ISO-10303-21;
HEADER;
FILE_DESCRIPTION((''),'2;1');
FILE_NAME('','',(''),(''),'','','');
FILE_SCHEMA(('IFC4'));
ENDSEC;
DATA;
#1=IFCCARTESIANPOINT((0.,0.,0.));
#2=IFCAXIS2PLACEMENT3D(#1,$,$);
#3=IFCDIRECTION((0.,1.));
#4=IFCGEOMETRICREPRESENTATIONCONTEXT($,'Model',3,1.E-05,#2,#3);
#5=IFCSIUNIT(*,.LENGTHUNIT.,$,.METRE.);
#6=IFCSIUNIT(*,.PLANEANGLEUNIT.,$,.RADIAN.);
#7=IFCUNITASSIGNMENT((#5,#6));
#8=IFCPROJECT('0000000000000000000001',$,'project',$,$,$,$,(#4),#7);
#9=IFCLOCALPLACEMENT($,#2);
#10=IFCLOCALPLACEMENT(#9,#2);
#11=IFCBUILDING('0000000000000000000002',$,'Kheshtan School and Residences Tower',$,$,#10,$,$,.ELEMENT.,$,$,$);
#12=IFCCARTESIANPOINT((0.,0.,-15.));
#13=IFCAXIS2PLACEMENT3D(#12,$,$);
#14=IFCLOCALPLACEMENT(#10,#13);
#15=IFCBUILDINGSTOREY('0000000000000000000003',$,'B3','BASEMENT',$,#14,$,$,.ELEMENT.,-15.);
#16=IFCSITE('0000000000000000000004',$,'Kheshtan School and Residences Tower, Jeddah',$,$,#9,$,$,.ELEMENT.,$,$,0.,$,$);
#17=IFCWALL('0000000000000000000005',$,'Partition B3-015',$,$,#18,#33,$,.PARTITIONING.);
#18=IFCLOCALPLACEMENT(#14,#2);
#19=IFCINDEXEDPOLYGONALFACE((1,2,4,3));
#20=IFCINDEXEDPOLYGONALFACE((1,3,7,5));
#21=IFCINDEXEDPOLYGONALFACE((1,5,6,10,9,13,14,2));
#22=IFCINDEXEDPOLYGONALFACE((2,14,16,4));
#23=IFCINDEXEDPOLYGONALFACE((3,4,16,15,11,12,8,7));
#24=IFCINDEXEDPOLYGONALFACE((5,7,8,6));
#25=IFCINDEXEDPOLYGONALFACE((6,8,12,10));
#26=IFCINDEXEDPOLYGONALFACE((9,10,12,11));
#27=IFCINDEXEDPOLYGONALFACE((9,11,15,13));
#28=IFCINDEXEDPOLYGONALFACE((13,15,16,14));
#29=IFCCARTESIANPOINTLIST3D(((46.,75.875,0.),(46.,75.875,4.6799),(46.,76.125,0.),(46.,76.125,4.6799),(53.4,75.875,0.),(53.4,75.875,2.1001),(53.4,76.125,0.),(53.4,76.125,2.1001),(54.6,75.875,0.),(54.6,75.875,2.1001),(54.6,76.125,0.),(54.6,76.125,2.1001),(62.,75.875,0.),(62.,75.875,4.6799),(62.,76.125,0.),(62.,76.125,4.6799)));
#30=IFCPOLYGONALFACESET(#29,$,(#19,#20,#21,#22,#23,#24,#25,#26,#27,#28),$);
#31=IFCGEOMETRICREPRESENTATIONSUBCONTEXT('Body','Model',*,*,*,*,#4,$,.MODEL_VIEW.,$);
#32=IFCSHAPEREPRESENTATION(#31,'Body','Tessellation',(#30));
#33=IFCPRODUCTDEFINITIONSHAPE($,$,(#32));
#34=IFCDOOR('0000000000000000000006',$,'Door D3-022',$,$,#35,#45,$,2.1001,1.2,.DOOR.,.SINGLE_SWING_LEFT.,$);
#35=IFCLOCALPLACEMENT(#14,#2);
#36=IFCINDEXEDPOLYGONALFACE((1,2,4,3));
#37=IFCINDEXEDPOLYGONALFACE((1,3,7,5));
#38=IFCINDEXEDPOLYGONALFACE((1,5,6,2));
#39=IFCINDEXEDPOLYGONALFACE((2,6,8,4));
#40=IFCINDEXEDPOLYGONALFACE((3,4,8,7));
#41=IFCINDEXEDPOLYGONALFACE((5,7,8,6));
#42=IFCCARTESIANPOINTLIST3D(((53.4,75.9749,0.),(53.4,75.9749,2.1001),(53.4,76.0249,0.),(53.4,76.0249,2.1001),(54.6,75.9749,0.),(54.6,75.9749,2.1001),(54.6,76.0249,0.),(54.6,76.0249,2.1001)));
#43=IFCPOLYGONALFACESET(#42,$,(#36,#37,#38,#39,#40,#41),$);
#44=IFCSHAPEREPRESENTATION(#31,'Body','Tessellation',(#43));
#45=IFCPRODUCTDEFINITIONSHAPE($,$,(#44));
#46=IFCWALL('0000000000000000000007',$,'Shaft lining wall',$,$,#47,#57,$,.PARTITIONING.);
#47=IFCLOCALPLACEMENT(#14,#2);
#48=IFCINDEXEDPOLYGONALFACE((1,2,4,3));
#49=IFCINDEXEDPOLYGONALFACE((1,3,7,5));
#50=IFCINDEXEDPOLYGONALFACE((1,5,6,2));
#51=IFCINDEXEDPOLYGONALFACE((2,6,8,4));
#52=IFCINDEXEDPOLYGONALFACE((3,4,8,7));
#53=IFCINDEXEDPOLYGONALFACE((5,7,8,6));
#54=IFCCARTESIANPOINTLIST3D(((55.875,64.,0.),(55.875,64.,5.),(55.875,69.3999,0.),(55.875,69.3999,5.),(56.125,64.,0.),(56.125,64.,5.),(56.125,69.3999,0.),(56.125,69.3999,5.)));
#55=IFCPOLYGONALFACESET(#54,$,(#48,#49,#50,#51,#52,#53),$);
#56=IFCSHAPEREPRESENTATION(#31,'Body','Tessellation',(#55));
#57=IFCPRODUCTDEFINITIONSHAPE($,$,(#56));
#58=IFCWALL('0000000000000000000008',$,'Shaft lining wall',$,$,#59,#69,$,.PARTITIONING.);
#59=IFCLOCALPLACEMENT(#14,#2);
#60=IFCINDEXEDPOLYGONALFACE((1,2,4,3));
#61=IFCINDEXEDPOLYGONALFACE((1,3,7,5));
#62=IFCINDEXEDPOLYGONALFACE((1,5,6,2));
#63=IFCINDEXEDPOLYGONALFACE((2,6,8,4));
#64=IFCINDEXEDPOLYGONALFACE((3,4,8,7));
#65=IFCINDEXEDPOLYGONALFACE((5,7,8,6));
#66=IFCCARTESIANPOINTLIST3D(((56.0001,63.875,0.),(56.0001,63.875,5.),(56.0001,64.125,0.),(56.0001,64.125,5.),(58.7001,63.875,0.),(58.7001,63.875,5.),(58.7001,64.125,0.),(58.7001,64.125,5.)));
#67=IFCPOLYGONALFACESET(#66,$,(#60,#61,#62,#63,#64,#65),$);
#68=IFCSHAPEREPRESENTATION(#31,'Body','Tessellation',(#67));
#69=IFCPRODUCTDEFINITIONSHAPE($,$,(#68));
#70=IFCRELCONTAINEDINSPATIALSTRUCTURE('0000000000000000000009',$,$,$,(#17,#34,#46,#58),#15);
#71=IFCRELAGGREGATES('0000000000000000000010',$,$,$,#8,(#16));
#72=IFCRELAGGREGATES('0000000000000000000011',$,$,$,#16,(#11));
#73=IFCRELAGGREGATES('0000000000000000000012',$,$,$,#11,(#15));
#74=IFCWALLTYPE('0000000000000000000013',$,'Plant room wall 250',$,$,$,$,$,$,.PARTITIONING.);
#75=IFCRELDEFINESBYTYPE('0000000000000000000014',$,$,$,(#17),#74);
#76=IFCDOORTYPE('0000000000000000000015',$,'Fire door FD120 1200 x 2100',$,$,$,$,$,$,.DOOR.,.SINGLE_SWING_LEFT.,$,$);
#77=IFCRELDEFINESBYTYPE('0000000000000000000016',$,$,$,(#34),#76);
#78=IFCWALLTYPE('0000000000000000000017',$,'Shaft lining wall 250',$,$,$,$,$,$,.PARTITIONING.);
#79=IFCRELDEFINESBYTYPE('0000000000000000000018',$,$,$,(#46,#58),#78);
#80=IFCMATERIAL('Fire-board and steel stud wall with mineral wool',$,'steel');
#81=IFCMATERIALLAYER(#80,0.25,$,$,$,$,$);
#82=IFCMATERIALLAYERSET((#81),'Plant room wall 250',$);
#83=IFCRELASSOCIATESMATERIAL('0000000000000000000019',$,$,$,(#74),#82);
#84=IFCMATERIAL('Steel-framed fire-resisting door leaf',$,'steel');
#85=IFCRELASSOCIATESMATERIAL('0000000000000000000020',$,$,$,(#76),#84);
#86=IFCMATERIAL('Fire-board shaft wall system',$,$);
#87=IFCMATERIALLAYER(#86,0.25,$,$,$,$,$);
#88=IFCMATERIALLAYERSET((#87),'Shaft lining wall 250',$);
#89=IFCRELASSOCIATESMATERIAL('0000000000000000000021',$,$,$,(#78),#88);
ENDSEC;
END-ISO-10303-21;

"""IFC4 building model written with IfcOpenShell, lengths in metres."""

from ifc_helpers import new_model, si_unit, direction, frame, frame_2d, origin, place, context, subcontext, project, spatial, rectangle, extrude, source, transform, mapped, material, layer, layer_set, type_object, element, fill, save


model = new_model("IFC4")

# Units and contexts
model_context = context("Model", 3, precision=1e-05, world=origin(), true_north=direction((0.0, 1.0)))
body_context = subcontext(model_context, "Body", "Model", "MODEL_VIEW")
ifc_project = project(units=[si_unit("LENGTHUNIT", "METRE"), si_unit("PLANEANGLEUNIT", "RADIAN")], contexts=[model_context])

# Site, building, storey
site_placement = place(None, origin())
site = spatial("IfcSite", under=ifc_project, at=site_placement, Name="Kheshtan School and Residences Tower, Jeddah", CompositionType="ELEMENT", RefElevation=0.0)
building_placement = place(site_placement, origin())
building = spatial("IfcBuilding", under=site, at=building_placement, Name="Kheshtan School and Residences Tower", CompositionType="ELEMENT")
storey_placement = place(building_placement, frame((0.0, 0.0, -15.0)))
storey = spatial("IfcBuildingStorey", under=building, at=storey_placement, Name="B3", Description="BASEMENT", CompositionType="ELEMENT", Elevation=-15.0)

# Wall, opening, door
ifc_material_1 = material(Name="Steel-framed fire-resisting door leaf", Category="steel")
ifc_material_2 = material(Name="Fire-board and steel stud wall with mineral wool", Category="steel")
ifc_layer_1 = layer(ifc_material_2, 0.25)
ifc_layer_set_1 = layer_set([ifc_layer_1], Name="Plant room wall 250")
wall_type_1 = type_object("IfcWallType", Name="Plant room wall 250", PredefinedType="PARTITIONING", material=ifc_layer_set_1)
wall_1_placement = place(storey_placement, frame((46.0, 76.0, 0.0), z_axis=(0.0, 0.0, 1.0), x_axis=(1.0, 0.0, 0.0)))
wall_1 = element("IfcWall", 1, at=wall_1_placement, inside=storey, type_object=wall_type_1, Name="Partition B3-015", PredefinedType="PARTITIONING", context=body_context, shape_type="SweptSolid", body=[
    extrude(rectangle(XDim=16.0, YDim=0.25, at=frame_2d((8.0, 0.0))), origin(), (0.0, 0.0, 1.0), 4.6799),
])
opening_1_placement = place(wall_1_placement, frame((7.3999, 0.0, 0.0)))
opening_1 = element("IfcOpeningElement", 2, at=opening_1_placement, cuts=wall_1, PredefinedType="OPENING", context=body_context, shape_type="SweptSolid", body=[
    extrude(rectangle(XDim=1.2, YDim=2.1001, at=frame_2d((0.6001, 1.05))), frame((0.0, 0.135, 0.0), z_axis=(0.0, -1.0, 0.0), x_axis=(1.0, 0.0, 0.0)), (0.0, 0.0, 1.0), 0.27),
])
door_type_1 = type_object("IfcDoorType", Name="Fire door FD120 1200 x 2100", OperationType="SINGLE_SWING_LEFT", PredefinedType="DOOR", material=ifc_material_1)
shared_shape_1 = source(origin(), body_context, "Body", "SweptSolid", [
    extrude(rectangle(XDim=1.2, YDim=2.1001, at=frame_2d((0.6001, 1.05))), frame((0.0, 0.0249, 0.0), z_axis=(0.0, -1.0, 0.0), x_axis=(1.0, 0.0, 0.0)), (0.0, 0.0, 1.0), 0.05),
])
door_1_placement = place(opening_1_placement, origin())
door_1 = element("IfcDoor", 3, at=door_1_placement, inside=storey, type_object=door_type_1, Name="Door D3-022", OperationType="SINGLE_SWING_LEFT", OverallHeight=2.1001, OverallWidth=1.2, PredefinedType="DOOR", context=body_context, shape_type="MappedRepresentation", body=[
    mapped(shared_shape_1, transform((0.0, 0.0, 0.0), x_axis=(1.0, 0.0, 0.0), y_axis=(0.0, 1.0, 0.0), z_axis=(0.0, 0.0, 1.0), scale=1.0)),
])
fill(opening_1, door_1)

# Walls
ifc_material_3 = material(Name="Fire-board shaft wall system")
ifc_layer_2 = layer(ifc_material_3, 0.25)
ifc_layer_set_2 = layer_set([ifc_layer_2], Name="Shaft lining wall 250")
wall_type_2 = type_object("IfcWallType", Name="Shaft lining wall 250", PredefinedType="PARTITIONING", material=ifc_layer_set_2)
wall_2_placement = place(storey_placement, frame((56.0, 64.0, 0.0), z_axis=(0.0, 0.0, 1.0), x_axis=(0.0, 1.0, 0.0)))
element("IfcWall", 4, at=wall_2_placement, inside=storey, type_object=wall_type_2, Name="Shaft lining wall", PredefinedType="PARTITIONING", context=body_context, shape_type="SweptSolid", body=[
    extrude(rectangle(XDim=5.3999, YDim=0.25, at=frame_2d((2.7, 0.0))), origin(), (0.0, 0.0, 1.0), 5.0),
])
wall_3_placement = place(storey_placement, frame((56.0, 64.0, 0.0), z_axis=(0.0, 0.0, 1.0), x_axis=(1.0, 0.0, 0.0)))
element("IfcWall", 5, at=wall_3_placement, inside=storey, type_object=wall_type_2, Name="Shaft lining wall", PredefinedType="PARTITIONING", context=body_context, shape_type="SweptSolid", body=[
    extrude(rectangle(XDim=2.7, YDim=0.25, at=frame_2d((1.3501, 0.0))), origin(), (0.0, 0.0, 1.0), 5.0),
])

save(model, "model.ifc")
